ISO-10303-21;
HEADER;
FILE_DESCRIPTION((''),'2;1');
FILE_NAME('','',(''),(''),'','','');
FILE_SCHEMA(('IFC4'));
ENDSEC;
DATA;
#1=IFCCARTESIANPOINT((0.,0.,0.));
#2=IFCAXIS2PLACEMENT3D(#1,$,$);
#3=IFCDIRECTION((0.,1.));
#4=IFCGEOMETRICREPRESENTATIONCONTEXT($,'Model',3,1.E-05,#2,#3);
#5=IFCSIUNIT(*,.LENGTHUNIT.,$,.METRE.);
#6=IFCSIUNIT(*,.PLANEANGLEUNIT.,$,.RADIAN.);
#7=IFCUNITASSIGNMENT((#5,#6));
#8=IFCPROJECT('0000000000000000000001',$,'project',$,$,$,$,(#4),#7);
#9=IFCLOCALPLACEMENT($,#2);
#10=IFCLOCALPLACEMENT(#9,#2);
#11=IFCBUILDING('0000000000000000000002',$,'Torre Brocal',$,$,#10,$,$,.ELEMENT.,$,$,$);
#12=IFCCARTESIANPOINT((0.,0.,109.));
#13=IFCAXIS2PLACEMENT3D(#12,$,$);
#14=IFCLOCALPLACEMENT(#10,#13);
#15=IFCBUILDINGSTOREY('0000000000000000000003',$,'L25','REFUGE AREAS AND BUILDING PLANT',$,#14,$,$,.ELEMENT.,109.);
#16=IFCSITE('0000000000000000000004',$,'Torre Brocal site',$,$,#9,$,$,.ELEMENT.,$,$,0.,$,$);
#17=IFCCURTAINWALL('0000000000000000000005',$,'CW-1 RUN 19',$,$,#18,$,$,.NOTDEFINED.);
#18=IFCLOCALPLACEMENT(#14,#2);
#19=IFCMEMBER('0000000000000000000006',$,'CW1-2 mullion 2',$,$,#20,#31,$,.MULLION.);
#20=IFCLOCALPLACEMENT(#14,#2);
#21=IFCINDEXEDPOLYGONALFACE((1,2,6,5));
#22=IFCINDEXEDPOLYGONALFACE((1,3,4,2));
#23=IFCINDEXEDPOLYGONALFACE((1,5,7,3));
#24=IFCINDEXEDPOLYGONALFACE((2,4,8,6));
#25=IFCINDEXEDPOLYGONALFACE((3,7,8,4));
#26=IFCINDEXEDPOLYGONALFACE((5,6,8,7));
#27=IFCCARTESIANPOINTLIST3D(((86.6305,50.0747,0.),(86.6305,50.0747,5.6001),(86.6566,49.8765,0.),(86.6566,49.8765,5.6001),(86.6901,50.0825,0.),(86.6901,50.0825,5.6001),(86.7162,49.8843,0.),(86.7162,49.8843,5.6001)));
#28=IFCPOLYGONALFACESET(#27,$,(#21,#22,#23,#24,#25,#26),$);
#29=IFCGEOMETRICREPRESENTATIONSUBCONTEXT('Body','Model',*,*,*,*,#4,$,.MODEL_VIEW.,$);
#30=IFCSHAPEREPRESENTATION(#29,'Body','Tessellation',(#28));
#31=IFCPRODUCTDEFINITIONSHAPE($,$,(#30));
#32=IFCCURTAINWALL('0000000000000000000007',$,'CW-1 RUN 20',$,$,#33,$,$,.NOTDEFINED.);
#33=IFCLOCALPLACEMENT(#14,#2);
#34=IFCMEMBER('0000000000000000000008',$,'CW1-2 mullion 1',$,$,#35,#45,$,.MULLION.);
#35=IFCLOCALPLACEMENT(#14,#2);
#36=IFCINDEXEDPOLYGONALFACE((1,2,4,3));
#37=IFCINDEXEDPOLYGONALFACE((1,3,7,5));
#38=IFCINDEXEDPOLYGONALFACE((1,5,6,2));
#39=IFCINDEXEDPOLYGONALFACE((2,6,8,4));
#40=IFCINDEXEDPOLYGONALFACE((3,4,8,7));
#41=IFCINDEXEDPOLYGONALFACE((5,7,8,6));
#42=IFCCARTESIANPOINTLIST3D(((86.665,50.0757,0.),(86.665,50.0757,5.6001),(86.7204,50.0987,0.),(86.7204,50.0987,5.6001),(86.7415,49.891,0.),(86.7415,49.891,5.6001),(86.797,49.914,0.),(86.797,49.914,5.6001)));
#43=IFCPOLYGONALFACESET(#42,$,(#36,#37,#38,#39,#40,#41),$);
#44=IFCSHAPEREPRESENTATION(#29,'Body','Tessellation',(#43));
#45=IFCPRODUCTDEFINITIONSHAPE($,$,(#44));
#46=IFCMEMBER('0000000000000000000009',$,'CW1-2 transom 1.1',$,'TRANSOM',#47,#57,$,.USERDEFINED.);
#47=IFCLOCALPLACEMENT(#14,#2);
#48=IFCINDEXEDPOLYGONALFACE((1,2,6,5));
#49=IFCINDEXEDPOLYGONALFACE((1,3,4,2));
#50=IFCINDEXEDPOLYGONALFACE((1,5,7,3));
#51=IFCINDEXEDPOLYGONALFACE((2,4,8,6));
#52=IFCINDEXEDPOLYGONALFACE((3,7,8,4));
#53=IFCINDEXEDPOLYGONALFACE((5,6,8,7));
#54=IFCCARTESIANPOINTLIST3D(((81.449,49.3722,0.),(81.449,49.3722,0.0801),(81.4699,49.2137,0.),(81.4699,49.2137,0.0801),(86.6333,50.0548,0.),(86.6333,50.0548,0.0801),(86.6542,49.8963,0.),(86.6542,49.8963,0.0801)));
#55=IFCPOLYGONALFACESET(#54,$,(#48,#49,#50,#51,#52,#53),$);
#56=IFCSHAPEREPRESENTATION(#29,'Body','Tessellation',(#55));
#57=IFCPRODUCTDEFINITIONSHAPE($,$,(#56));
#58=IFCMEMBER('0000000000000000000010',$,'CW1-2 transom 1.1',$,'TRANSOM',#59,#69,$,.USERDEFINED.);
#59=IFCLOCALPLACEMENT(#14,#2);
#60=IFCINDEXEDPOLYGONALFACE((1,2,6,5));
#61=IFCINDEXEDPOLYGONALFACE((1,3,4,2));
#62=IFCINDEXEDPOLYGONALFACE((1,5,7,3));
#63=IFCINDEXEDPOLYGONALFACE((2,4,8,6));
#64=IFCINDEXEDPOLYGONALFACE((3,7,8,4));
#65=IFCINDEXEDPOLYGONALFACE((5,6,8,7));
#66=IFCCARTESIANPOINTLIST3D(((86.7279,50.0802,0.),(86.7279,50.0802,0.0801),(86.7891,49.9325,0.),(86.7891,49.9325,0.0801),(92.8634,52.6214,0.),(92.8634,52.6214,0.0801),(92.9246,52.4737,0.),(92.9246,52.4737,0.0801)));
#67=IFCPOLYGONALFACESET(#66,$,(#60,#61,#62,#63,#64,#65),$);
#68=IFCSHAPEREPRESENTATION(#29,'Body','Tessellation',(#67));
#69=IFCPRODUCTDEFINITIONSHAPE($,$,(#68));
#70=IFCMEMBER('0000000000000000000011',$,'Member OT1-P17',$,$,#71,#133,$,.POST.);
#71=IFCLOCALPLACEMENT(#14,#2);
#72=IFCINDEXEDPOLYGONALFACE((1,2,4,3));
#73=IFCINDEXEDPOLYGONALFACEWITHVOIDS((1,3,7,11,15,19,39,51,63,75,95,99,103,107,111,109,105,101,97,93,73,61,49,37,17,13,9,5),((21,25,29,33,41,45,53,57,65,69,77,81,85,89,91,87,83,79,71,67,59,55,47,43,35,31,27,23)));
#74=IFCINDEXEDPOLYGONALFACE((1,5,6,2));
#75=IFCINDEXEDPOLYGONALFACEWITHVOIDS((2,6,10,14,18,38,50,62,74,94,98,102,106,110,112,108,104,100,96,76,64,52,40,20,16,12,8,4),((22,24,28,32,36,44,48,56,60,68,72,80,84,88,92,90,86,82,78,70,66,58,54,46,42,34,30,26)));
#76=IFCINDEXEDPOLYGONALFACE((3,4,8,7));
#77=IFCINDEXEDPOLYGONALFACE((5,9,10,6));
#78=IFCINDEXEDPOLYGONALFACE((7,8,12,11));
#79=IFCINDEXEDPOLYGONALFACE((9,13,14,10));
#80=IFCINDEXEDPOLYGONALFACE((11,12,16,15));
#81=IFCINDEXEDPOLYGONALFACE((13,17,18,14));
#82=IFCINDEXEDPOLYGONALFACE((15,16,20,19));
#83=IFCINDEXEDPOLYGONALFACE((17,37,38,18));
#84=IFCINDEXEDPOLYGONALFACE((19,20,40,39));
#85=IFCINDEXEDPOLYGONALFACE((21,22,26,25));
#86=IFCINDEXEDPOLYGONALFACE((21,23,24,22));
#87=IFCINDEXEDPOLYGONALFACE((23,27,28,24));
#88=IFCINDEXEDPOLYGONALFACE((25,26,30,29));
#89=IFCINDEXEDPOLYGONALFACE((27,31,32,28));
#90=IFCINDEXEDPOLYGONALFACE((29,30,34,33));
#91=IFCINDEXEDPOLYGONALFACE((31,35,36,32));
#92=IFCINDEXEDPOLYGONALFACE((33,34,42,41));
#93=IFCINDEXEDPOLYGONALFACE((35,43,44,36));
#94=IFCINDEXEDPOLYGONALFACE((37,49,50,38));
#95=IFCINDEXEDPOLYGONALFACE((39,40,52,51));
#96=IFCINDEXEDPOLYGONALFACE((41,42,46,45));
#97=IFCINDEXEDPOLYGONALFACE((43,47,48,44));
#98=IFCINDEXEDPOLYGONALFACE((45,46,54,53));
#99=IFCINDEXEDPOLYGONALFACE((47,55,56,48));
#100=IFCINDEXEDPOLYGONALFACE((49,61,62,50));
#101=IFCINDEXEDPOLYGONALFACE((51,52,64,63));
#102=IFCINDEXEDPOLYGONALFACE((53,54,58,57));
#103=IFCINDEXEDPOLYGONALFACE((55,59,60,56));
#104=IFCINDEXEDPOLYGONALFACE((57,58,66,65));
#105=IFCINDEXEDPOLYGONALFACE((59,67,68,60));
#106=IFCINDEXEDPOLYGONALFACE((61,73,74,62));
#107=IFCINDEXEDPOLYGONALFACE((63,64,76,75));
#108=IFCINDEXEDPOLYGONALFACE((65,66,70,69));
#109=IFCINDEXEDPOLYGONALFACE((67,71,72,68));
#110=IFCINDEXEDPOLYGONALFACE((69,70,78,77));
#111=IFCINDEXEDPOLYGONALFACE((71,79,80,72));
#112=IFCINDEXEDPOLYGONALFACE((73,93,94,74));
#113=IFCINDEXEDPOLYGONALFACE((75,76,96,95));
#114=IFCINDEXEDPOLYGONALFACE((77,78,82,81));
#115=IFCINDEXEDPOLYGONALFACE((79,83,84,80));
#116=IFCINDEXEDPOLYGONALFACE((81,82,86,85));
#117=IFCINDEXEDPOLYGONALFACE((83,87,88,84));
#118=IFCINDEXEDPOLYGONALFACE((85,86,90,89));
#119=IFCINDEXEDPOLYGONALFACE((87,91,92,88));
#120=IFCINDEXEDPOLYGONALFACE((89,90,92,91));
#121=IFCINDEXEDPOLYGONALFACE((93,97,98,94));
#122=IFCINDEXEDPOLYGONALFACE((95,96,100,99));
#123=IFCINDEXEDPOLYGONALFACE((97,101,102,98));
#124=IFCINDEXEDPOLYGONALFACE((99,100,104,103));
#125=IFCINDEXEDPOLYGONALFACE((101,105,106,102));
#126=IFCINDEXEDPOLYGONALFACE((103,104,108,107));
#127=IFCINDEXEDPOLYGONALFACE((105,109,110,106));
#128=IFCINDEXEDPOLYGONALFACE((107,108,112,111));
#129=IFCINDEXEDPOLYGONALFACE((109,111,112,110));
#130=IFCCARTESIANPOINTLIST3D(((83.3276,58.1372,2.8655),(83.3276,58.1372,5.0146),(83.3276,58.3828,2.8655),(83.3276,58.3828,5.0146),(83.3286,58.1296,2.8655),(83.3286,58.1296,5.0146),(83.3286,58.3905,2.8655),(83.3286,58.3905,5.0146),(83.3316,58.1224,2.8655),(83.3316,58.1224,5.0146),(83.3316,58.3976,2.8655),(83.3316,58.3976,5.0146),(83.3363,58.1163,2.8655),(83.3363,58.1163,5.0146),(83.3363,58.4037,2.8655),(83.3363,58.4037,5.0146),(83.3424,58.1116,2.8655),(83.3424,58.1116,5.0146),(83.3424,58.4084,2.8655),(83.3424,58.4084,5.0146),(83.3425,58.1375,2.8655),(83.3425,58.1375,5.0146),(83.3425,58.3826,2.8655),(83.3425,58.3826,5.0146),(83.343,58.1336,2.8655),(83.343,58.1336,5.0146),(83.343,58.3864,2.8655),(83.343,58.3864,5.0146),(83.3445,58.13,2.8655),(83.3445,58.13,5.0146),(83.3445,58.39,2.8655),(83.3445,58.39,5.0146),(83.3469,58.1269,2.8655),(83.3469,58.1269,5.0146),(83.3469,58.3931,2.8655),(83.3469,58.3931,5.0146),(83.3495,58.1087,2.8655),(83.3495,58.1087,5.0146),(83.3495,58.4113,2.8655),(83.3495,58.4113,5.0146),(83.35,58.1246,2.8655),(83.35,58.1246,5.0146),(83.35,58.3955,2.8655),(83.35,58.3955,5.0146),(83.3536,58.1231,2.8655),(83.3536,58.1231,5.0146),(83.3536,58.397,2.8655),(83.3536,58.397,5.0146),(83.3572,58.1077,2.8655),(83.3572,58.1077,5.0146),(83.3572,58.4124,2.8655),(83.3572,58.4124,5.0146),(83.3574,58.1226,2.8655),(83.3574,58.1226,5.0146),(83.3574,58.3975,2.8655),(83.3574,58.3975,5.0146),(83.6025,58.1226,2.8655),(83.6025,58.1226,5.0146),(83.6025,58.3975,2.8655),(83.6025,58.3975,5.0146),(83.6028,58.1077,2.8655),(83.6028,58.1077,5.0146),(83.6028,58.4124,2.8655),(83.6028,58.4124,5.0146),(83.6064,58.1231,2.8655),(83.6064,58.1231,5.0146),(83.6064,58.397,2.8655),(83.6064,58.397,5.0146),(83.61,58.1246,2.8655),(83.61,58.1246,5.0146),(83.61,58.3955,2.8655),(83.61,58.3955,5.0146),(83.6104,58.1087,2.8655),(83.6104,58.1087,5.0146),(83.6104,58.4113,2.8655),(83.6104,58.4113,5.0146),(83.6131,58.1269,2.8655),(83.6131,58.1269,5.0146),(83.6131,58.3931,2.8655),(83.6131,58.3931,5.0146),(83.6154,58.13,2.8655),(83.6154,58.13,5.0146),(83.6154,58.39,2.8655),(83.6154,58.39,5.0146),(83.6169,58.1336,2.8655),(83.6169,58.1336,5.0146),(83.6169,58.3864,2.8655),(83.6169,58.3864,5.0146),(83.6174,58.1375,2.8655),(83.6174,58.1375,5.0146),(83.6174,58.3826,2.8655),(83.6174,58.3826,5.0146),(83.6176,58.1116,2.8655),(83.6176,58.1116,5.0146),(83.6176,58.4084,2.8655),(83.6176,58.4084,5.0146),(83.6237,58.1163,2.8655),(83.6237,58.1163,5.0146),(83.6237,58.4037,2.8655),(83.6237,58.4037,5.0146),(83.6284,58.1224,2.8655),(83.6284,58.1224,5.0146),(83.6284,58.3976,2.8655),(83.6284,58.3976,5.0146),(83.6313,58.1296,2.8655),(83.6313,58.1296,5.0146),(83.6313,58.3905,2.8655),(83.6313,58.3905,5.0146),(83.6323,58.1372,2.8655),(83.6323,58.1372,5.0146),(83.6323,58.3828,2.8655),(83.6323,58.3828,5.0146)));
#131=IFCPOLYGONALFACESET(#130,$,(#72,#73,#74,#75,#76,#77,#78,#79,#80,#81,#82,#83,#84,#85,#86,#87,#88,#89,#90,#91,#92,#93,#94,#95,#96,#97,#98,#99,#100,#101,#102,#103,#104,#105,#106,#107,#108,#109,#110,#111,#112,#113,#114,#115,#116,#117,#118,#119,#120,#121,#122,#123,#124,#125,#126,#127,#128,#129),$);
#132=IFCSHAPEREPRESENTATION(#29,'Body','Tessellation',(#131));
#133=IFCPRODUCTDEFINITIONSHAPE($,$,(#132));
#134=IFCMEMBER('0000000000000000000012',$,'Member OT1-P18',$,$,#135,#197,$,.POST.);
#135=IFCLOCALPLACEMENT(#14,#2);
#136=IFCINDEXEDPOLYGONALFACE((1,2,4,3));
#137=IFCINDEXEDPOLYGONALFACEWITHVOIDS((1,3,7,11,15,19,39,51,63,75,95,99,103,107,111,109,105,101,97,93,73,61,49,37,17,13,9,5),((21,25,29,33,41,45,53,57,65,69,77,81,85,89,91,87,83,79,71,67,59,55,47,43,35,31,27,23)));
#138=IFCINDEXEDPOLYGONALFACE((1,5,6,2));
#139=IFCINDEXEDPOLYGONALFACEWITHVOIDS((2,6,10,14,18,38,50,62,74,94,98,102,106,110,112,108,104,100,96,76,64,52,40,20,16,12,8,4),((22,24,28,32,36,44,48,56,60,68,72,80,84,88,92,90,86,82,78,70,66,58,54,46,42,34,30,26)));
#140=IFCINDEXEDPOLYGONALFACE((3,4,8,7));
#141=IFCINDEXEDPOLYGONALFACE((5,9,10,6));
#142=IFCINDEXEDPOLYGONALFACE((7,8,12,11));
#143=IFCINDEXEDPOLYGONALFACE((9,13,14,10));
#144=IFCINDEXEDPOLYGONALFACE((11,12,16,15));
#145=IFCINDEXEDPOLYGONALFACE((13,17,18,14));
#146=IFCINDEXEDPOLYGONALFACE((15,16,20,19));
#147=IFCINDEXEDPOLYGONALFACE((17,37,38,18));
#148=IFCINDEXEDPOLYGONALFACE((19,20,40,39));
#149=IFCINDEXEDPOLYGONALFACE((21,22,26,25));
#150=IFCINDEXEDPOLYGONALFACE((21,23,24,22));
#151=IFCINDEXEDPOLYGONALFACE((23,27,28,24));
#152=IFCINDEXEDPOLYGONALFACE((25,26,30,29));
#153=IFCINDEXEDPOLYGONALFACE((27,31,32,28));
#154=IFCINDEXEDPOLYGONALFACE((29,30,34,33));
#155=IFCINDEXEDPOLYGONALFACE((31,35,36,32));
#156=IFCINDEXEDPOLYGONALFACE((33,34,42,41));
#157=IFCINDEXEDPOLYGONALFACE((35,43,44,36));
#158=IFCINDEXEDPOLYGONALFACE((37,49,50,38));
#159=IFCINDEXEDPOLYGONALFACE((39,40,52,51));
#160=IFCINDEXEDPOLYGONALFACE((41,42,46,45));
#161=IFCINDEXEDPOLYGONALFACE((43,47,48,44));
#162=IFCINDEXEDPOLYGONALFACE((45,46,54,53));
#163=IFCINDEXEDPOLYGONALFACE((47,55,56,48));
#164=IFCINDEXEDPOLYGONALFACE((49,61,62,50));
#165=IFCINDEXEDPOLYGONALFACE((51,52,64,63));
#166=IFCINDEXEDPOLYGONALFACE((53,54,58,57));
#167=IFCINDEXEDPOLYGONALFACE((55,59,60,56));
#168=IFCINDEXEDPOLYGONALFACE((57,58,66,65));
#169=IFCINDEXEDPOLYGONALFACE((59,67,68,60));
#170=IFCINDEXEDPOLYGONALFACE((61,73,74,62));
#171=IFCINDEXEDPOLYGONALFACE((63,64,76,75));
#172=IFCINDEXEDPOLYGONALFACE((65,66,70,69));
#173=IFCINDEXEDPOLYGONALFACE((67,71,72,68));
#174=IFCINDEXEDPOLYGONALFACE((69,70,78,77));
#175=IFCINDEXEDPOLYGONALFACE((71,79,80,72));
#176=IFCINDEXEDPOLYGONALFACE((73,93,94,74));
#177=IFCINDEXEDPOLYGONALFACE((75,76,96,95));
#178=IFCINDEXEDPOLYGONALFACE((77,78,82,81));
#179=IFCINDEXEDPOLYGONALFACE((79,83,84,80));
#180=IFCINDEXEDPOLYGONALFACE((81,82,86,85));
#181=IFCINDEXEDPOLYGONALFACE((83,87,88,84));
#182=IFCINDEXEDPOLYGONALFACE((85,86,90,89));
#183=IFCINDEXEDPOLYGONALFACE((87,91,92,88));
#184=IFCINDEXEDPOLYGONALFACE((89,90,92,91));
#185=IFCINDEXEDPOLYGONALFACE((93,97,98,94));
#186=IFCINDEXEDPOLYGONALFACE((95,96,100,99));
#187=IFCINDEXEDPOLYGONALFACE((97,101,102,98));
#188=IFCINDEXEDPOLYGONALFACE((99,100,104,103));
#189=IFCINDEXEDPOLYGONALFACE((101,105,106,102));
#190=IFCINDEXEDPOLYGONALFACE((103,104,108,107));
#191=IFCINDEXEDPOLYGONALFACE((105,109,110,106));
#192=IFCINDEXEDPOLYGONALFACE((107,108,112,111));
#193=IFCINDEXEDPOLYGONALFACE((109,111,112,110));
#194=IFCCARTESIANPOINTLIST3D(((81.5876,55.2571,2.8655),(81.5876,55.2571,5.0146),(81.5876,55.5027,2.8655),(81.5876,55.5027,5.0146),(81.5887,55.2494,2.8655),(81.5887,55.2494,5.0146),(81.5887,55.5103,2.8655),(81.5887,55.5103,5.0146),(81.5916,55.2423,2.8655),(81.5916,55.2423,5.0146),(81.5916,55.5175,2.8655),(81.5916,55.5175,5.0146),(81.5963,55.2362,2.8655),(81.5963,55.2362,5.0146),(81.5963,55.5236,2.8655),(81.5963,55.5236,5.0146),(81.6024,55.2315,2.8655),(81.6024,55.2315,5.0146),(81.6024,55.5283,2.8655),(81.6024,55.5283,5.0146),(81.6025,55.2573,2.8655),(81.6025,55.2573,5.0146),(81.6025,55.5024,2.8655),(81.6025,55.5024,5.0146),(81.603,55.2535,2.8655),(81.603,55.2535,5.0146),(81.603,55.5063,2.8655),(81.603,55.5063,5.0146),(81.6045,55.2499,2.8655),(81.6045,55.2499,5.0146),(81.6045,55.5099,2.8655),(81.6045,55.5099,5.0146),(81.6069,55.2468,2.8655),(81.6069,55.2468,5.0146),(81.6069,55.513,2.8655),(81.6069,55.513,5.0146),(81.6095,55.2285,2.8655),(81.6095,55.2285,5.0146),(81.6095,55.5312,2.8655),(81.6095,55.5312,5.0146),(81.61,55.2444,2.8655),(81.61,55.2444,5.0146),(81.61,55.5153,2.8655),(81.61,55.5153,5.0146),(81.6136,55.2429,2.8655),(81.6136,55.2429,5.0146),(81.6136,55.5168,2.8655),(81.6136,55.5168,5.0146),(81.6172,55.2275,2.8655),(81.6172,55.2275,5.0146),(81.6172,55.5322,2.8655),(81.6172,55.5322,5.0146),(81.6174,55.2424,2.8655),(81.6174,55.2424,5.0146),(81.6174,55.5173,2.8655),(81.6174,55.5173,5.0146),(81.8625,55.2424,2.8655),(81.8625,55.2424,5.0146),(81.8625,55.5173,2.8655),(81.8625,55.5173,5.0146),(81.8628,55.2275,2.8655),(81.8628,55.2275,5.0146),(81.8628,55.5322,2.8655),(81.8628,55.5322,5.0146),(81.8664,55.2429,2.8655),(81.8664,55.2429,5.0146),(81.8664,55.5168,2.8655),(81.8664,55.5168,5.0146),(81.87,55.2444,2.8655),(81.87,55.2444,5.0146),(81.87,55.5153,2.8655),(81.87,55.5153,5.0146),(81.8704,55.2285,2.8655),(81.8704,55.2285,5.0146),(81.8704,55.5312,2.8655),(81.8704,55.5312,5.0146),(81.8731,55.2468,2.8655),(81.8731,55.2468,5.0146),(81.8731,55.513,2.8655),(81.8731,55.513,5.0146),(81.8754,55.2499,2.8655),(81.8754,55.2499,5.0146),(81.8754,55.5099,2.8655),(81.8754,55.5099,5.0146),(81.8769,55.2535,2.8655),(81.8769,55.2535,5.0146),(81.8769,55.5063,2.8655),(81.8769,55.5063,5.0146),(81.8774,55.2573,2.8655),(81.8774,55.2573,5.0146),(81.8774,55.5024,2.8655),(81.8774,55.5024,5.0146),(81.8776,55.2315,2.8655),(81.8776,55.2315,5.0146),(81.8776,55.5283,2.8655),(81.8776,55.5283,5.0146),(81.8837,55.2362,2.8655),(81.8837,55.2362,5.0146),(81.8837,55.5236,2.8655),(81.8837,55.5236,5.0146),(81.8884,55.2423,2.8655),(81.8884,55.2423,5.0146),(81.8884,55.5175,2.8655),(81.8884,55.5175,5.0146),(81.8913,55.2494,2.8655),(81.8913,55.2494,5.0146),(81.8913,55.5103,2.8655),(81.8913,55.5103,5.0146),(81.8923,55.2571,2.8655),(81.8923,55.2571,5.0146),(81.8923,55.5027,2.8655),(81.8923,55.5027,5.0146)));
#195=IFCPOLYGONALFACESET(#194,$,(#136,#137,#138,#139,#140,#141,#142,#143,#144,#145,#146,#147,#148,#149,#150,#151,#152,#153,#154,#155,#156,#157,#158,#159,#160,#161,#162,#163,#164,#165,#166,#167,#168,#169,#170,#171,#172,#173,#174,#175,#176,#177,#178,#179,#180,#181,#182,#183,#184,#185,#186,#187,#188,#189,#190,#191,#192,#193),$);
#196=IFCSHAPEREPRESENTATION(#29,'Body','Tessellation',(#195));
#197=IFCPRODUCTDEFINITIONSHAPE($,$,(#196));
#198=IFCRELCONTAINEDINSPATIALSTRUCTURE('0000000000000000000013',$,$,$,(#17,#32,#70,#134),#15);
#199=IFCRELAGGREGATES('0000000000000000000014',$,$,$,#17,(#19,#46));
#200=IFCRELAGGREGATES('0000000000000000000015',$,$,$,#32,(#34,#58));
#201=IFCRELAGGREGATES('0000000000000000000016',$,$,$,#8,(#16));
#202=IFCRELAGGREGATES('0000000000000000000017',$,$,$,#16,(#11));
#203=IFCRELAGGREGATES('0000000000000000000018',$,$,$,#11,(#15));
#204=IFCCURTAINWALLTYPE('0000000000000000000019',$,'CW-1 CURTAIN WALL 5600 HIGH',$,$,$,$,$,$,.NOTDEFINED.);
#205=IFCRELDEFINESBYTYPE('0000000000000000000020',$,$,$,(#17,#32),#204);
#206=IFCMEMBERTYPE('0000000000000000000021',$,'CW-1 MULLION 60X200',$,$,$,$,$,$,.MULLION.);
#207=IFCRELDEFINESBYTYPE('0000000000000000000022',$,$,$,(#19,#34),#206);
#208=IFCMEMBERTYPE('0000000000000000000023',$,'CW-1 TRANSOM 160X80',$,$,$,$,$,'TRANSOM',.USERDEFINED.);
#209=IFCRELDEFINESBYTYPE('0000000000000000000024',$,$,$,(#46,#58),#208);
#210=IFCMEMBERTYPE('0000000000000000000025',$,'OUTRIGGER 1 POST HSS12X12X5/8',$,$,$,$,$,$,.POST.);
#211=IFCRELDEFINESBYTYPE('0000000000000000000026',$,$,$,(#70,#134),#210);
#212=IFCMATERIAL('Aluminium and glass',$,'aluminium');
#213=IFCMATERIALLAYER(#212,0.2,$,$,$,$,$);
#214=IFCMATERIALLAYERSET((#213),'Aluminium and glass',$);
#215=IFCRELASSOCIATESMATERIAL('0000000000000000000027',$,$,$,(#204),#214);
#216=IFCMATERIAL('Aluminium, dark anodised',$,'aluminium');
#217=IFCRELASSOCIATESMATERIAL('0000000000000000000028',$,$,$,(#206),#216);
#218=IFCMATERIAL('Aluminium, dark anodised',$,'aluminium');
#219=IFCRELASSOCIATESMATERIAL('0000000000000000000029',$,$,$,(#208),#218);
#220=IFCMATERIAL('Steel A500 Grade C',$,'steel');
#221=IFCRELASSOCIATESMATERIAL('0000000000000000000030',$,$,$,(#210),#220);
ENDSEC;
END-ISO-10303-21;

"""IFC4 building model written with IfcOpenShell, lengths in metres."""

from ifc_helpers import new_model, si_unit, direction, frame, origin, origin_2d, place, context, subcontext, project, spatial, rectangle, hollow_rectangle, extrude, material, layer, layer_set, material_profile, profile_set, type_object, element, aggregate, save


model = new_model("IFC4")

# Units and contexts
model_context = context("Model", 3, precision=1e-05, world=origin(), true_north=direction((0.0, 1.0)))
body_context = subcontext(model_context, "Body", "Model", "MODEL_VIEW")
ifc_project = project(units=[si_unit("LENGTHUNIT", "METRE"), si_unit("PLANEANGLEUNIT", "RADIAN")], contexts=[model_context])

# Site, building, storey
site_placement = place(None, origin())
site = spatial("IfcSite", under=ifc_project, at=site_placement, Name="Torre Brocal site", CompositionType="ELEMENT", RefElevation=0.0)
building_placement = place(site_placement, origin())
building = spatial("IfcBuilding", under=site, at=building_placement, Name="Torre Brocal", CompositionType="ELEMENT")
storey_placement = place(building_placement, frame((0.0, 0.0, 109.0)))
storey = spatial("IfcBuildingStorey", under=building, at=storey_placement, Name="L25", Description="REFUGE AREAS AND BUILDING PLANT", CompositionType="ELEMENT", Elevation=109.0)

# Curtain wall, member
ifc_material_1 = material(Name="Aluminium and glass", Category="aluminium")
ifc_layer_1 = layer(ifc_material_1, 0.2)
ifc_layer_set_1 = layer_set([ifc_layer_1], Name="Aluminium and glass")
curtain_wall_type = type_object("IfcCurtainWallType", Name="CW-1 CURTAIN WALL 5600 HIGH", PredefinedType="NOTDEFINED", material=ifc_layer_set_1)
curtain_wall_1_placement = place(storey_placement, origin())
curtain_wall_1 = element("IfcCurtainWall", 1, at=curtain_wall_1_placement, inside=storey, type_object=curtain_wall_type, Name="CW-1 RUN 19", PredefinedType="NOTDEFINED")
ifc_material_2 = material(Name="Aluminium, dark anodised", Category="aluminium")
ifc_material_profile_1 = material_profile(ifc_material_2, rectangle(XDim=0.2, YDim=0.0601, at=origin_2d()), Name="CW-1 MULLION 60X200")
ifc_profile_set_1 = profile_set([ifc_material_profile_1], Name="Aluminium, dark anodised")
member_type_1 = type_object("IfcMemberType", Name="CW-1 MULLION 60X200", PredefinedType="MULLION", material=ifc_profile_set_1)
member_1_placement = place(storey_placement, frame((86.6733, 49.9795, 0.0), z_axis=(0.0, 0.0, 1.0), x_axis=(-0.130526, 0.991445, 0.0)))
member_1 = element("IfcMember", 2, at=member_1_placement, type_object=member_type_1, Name="CW1-2 mullion 2", PredefinedType="MULLION", context=body_context, shape_type="SweptSolid", body=[
    extrude(rectangle(XDim=0.2, YDim=0.0601, at=origin_2d()), origin(), (0.0, 0.0, 1.0), 5.6001),
])

# Curtain wall, member
curtain_wall_2_placement = place(storey_placement, origin())
curtain_wall_2 = element("IfcCurtainWall", 3, at=curtain_wall_2_placement, inside=storey, type_object=curtain_wall_type, Name="CW-1 RUN 20", PredefinedType="NOTDEFINED")
member_2_placement = place(storey_placement, frame((86.731, 49.9949, 0.0), z_axis=(0.0, 0.0, 1.0), x_axis=(-0.382683, 0.92388, 0.0)))
member_2 = element("IfcMember", 4, at=member_2_placement, type_object=member_type_1, Name="CW1-2 mullion 1", PredefinedType="MULLION", context=body_context, shape_type="SweptSolid", body=[
    extrude(rectangle(XDim=0.2, YDim=0.0601, at=origin_2d()), origin(), (0.0, 0.0, 1.0), 5.6001),
])

# Members
ifc_material_3 = material(Name="Aluminium, dark anodised", Category="aluminium")
ifc_material_profile_2 = material_profile(ifc_material_3, rectangle(XDim=0.1599, YDim=0.0801, at=origin_2d()), Name="CW-1 TRANSOM 160X80")
ifc_profile_set_2 = profile_set([ifc_material_profile_2], Name="Aluminium, dark anodised")
member_type_2 = type_object("IfcMemberType", Name="CW-1 TRANSOM 160X80", ElementType="TRANSOM", PredefinedType="USERDEFINED", material=ifc_profile_set_2)
member_3_placement = place(storey_placement, frame((81.4595, 49.293, 0.04), z_axis=(0.991443, 0.130543, 0.0), x_axis=(-0.130543, 0.991443, 0.0)))
member_3 = element("IfcMember", 5, at=member_3_placement, type_object=member_type_2, Name="CW1-2 transom 1.1", ObjectType="TRANSOM", PredefinedType="USERDEFINED", context=body_context, shape_type="SweptSolid", body=[
    extrude(rectangle(XDim=0.1599, YDim=0.0801, at=origin_2d()), origin(), (0.0, 0.0, 1.0), 5.229),
])
member_4_placement = place(storey_placement, frame((86.7585, 50.0063, 0.04), z_axis=(0.923887, 0.382665, 0.0), x_axis=(-0.382665, 0.923887, 0.0)))
member_4 = element("IfcMember", 6, at=member_4_placement, type_object=member_type_2, Name="CW1-2 transom 1.1", ObjectType="TRANSOM", PredefinedType="USERDEFINED", context=body_context, shape_type="SweptSolid", body=[
    extrude(rectangle(XDim=0.1599, YDim=0.0801, at=origin_2d()), origin(), (0.0, 0.0, 1.0), 6.6409),
])

# Members
ifc_material_4 = material(Name="Steel A500 Grade C", Category="steel")
ifc_material_profile_3 = material_profile(ifc_material_4, hollow_rectangle(XDim=0.3047, YDim=0.3047, WallThickness=0.0149, InnerFilletRadius=0.0149, OuterFilletRadius=0.0295, at=origin_2d()), Name="HSS12X12X5/8")
ifc_profile_set_3 = profile_set([ifc_material_profile_3], Name="Steel A500 Grade C")
member_type_3 = type_object("IfcMemberType", Name="OUTRIGGER 1 POST HSS12X12X5/8", PredefinedType="POST", material=ifc_profile_set_3)
for number, where, z_axis, x_axis, name in (
    (7, (83.48, 58.26, 2.8655), (0.0, 0.0, 1.0), (1.0, 0.0, 0.0), "Member OT1-P17"),
    (8, (81.74, 55.3799, 2.8655), (0.0, 0.0, 1.0), (1.0, 0.0, 0.0), "Member OT1-P18"),
):
    element("IfcMember", number, at=place(storey_placement, frame(where, z_axis=z_axis, x_axis=x_axis)), inside=storey, type_object=member_type_3, Name=name, PredefinedType="POST", context=body_context, shape_type="SweptSolid", body=[
        extrude(hollow_rectangle(XDim=0.3047, YDim=0.3047, WallThickness=0.0149, InnerFilletRadius=0.0149, OuterFilletRadius=0.0295, at=origin_2d()), origin(), (0.0, 0.0, 1.0), 2.1492),
    ])

aggregate(curtain_wall_1, [member_1, member_3])
aggregate(curtain_wall_2, [member_2, member_4])

save(model, "model.ifc")
